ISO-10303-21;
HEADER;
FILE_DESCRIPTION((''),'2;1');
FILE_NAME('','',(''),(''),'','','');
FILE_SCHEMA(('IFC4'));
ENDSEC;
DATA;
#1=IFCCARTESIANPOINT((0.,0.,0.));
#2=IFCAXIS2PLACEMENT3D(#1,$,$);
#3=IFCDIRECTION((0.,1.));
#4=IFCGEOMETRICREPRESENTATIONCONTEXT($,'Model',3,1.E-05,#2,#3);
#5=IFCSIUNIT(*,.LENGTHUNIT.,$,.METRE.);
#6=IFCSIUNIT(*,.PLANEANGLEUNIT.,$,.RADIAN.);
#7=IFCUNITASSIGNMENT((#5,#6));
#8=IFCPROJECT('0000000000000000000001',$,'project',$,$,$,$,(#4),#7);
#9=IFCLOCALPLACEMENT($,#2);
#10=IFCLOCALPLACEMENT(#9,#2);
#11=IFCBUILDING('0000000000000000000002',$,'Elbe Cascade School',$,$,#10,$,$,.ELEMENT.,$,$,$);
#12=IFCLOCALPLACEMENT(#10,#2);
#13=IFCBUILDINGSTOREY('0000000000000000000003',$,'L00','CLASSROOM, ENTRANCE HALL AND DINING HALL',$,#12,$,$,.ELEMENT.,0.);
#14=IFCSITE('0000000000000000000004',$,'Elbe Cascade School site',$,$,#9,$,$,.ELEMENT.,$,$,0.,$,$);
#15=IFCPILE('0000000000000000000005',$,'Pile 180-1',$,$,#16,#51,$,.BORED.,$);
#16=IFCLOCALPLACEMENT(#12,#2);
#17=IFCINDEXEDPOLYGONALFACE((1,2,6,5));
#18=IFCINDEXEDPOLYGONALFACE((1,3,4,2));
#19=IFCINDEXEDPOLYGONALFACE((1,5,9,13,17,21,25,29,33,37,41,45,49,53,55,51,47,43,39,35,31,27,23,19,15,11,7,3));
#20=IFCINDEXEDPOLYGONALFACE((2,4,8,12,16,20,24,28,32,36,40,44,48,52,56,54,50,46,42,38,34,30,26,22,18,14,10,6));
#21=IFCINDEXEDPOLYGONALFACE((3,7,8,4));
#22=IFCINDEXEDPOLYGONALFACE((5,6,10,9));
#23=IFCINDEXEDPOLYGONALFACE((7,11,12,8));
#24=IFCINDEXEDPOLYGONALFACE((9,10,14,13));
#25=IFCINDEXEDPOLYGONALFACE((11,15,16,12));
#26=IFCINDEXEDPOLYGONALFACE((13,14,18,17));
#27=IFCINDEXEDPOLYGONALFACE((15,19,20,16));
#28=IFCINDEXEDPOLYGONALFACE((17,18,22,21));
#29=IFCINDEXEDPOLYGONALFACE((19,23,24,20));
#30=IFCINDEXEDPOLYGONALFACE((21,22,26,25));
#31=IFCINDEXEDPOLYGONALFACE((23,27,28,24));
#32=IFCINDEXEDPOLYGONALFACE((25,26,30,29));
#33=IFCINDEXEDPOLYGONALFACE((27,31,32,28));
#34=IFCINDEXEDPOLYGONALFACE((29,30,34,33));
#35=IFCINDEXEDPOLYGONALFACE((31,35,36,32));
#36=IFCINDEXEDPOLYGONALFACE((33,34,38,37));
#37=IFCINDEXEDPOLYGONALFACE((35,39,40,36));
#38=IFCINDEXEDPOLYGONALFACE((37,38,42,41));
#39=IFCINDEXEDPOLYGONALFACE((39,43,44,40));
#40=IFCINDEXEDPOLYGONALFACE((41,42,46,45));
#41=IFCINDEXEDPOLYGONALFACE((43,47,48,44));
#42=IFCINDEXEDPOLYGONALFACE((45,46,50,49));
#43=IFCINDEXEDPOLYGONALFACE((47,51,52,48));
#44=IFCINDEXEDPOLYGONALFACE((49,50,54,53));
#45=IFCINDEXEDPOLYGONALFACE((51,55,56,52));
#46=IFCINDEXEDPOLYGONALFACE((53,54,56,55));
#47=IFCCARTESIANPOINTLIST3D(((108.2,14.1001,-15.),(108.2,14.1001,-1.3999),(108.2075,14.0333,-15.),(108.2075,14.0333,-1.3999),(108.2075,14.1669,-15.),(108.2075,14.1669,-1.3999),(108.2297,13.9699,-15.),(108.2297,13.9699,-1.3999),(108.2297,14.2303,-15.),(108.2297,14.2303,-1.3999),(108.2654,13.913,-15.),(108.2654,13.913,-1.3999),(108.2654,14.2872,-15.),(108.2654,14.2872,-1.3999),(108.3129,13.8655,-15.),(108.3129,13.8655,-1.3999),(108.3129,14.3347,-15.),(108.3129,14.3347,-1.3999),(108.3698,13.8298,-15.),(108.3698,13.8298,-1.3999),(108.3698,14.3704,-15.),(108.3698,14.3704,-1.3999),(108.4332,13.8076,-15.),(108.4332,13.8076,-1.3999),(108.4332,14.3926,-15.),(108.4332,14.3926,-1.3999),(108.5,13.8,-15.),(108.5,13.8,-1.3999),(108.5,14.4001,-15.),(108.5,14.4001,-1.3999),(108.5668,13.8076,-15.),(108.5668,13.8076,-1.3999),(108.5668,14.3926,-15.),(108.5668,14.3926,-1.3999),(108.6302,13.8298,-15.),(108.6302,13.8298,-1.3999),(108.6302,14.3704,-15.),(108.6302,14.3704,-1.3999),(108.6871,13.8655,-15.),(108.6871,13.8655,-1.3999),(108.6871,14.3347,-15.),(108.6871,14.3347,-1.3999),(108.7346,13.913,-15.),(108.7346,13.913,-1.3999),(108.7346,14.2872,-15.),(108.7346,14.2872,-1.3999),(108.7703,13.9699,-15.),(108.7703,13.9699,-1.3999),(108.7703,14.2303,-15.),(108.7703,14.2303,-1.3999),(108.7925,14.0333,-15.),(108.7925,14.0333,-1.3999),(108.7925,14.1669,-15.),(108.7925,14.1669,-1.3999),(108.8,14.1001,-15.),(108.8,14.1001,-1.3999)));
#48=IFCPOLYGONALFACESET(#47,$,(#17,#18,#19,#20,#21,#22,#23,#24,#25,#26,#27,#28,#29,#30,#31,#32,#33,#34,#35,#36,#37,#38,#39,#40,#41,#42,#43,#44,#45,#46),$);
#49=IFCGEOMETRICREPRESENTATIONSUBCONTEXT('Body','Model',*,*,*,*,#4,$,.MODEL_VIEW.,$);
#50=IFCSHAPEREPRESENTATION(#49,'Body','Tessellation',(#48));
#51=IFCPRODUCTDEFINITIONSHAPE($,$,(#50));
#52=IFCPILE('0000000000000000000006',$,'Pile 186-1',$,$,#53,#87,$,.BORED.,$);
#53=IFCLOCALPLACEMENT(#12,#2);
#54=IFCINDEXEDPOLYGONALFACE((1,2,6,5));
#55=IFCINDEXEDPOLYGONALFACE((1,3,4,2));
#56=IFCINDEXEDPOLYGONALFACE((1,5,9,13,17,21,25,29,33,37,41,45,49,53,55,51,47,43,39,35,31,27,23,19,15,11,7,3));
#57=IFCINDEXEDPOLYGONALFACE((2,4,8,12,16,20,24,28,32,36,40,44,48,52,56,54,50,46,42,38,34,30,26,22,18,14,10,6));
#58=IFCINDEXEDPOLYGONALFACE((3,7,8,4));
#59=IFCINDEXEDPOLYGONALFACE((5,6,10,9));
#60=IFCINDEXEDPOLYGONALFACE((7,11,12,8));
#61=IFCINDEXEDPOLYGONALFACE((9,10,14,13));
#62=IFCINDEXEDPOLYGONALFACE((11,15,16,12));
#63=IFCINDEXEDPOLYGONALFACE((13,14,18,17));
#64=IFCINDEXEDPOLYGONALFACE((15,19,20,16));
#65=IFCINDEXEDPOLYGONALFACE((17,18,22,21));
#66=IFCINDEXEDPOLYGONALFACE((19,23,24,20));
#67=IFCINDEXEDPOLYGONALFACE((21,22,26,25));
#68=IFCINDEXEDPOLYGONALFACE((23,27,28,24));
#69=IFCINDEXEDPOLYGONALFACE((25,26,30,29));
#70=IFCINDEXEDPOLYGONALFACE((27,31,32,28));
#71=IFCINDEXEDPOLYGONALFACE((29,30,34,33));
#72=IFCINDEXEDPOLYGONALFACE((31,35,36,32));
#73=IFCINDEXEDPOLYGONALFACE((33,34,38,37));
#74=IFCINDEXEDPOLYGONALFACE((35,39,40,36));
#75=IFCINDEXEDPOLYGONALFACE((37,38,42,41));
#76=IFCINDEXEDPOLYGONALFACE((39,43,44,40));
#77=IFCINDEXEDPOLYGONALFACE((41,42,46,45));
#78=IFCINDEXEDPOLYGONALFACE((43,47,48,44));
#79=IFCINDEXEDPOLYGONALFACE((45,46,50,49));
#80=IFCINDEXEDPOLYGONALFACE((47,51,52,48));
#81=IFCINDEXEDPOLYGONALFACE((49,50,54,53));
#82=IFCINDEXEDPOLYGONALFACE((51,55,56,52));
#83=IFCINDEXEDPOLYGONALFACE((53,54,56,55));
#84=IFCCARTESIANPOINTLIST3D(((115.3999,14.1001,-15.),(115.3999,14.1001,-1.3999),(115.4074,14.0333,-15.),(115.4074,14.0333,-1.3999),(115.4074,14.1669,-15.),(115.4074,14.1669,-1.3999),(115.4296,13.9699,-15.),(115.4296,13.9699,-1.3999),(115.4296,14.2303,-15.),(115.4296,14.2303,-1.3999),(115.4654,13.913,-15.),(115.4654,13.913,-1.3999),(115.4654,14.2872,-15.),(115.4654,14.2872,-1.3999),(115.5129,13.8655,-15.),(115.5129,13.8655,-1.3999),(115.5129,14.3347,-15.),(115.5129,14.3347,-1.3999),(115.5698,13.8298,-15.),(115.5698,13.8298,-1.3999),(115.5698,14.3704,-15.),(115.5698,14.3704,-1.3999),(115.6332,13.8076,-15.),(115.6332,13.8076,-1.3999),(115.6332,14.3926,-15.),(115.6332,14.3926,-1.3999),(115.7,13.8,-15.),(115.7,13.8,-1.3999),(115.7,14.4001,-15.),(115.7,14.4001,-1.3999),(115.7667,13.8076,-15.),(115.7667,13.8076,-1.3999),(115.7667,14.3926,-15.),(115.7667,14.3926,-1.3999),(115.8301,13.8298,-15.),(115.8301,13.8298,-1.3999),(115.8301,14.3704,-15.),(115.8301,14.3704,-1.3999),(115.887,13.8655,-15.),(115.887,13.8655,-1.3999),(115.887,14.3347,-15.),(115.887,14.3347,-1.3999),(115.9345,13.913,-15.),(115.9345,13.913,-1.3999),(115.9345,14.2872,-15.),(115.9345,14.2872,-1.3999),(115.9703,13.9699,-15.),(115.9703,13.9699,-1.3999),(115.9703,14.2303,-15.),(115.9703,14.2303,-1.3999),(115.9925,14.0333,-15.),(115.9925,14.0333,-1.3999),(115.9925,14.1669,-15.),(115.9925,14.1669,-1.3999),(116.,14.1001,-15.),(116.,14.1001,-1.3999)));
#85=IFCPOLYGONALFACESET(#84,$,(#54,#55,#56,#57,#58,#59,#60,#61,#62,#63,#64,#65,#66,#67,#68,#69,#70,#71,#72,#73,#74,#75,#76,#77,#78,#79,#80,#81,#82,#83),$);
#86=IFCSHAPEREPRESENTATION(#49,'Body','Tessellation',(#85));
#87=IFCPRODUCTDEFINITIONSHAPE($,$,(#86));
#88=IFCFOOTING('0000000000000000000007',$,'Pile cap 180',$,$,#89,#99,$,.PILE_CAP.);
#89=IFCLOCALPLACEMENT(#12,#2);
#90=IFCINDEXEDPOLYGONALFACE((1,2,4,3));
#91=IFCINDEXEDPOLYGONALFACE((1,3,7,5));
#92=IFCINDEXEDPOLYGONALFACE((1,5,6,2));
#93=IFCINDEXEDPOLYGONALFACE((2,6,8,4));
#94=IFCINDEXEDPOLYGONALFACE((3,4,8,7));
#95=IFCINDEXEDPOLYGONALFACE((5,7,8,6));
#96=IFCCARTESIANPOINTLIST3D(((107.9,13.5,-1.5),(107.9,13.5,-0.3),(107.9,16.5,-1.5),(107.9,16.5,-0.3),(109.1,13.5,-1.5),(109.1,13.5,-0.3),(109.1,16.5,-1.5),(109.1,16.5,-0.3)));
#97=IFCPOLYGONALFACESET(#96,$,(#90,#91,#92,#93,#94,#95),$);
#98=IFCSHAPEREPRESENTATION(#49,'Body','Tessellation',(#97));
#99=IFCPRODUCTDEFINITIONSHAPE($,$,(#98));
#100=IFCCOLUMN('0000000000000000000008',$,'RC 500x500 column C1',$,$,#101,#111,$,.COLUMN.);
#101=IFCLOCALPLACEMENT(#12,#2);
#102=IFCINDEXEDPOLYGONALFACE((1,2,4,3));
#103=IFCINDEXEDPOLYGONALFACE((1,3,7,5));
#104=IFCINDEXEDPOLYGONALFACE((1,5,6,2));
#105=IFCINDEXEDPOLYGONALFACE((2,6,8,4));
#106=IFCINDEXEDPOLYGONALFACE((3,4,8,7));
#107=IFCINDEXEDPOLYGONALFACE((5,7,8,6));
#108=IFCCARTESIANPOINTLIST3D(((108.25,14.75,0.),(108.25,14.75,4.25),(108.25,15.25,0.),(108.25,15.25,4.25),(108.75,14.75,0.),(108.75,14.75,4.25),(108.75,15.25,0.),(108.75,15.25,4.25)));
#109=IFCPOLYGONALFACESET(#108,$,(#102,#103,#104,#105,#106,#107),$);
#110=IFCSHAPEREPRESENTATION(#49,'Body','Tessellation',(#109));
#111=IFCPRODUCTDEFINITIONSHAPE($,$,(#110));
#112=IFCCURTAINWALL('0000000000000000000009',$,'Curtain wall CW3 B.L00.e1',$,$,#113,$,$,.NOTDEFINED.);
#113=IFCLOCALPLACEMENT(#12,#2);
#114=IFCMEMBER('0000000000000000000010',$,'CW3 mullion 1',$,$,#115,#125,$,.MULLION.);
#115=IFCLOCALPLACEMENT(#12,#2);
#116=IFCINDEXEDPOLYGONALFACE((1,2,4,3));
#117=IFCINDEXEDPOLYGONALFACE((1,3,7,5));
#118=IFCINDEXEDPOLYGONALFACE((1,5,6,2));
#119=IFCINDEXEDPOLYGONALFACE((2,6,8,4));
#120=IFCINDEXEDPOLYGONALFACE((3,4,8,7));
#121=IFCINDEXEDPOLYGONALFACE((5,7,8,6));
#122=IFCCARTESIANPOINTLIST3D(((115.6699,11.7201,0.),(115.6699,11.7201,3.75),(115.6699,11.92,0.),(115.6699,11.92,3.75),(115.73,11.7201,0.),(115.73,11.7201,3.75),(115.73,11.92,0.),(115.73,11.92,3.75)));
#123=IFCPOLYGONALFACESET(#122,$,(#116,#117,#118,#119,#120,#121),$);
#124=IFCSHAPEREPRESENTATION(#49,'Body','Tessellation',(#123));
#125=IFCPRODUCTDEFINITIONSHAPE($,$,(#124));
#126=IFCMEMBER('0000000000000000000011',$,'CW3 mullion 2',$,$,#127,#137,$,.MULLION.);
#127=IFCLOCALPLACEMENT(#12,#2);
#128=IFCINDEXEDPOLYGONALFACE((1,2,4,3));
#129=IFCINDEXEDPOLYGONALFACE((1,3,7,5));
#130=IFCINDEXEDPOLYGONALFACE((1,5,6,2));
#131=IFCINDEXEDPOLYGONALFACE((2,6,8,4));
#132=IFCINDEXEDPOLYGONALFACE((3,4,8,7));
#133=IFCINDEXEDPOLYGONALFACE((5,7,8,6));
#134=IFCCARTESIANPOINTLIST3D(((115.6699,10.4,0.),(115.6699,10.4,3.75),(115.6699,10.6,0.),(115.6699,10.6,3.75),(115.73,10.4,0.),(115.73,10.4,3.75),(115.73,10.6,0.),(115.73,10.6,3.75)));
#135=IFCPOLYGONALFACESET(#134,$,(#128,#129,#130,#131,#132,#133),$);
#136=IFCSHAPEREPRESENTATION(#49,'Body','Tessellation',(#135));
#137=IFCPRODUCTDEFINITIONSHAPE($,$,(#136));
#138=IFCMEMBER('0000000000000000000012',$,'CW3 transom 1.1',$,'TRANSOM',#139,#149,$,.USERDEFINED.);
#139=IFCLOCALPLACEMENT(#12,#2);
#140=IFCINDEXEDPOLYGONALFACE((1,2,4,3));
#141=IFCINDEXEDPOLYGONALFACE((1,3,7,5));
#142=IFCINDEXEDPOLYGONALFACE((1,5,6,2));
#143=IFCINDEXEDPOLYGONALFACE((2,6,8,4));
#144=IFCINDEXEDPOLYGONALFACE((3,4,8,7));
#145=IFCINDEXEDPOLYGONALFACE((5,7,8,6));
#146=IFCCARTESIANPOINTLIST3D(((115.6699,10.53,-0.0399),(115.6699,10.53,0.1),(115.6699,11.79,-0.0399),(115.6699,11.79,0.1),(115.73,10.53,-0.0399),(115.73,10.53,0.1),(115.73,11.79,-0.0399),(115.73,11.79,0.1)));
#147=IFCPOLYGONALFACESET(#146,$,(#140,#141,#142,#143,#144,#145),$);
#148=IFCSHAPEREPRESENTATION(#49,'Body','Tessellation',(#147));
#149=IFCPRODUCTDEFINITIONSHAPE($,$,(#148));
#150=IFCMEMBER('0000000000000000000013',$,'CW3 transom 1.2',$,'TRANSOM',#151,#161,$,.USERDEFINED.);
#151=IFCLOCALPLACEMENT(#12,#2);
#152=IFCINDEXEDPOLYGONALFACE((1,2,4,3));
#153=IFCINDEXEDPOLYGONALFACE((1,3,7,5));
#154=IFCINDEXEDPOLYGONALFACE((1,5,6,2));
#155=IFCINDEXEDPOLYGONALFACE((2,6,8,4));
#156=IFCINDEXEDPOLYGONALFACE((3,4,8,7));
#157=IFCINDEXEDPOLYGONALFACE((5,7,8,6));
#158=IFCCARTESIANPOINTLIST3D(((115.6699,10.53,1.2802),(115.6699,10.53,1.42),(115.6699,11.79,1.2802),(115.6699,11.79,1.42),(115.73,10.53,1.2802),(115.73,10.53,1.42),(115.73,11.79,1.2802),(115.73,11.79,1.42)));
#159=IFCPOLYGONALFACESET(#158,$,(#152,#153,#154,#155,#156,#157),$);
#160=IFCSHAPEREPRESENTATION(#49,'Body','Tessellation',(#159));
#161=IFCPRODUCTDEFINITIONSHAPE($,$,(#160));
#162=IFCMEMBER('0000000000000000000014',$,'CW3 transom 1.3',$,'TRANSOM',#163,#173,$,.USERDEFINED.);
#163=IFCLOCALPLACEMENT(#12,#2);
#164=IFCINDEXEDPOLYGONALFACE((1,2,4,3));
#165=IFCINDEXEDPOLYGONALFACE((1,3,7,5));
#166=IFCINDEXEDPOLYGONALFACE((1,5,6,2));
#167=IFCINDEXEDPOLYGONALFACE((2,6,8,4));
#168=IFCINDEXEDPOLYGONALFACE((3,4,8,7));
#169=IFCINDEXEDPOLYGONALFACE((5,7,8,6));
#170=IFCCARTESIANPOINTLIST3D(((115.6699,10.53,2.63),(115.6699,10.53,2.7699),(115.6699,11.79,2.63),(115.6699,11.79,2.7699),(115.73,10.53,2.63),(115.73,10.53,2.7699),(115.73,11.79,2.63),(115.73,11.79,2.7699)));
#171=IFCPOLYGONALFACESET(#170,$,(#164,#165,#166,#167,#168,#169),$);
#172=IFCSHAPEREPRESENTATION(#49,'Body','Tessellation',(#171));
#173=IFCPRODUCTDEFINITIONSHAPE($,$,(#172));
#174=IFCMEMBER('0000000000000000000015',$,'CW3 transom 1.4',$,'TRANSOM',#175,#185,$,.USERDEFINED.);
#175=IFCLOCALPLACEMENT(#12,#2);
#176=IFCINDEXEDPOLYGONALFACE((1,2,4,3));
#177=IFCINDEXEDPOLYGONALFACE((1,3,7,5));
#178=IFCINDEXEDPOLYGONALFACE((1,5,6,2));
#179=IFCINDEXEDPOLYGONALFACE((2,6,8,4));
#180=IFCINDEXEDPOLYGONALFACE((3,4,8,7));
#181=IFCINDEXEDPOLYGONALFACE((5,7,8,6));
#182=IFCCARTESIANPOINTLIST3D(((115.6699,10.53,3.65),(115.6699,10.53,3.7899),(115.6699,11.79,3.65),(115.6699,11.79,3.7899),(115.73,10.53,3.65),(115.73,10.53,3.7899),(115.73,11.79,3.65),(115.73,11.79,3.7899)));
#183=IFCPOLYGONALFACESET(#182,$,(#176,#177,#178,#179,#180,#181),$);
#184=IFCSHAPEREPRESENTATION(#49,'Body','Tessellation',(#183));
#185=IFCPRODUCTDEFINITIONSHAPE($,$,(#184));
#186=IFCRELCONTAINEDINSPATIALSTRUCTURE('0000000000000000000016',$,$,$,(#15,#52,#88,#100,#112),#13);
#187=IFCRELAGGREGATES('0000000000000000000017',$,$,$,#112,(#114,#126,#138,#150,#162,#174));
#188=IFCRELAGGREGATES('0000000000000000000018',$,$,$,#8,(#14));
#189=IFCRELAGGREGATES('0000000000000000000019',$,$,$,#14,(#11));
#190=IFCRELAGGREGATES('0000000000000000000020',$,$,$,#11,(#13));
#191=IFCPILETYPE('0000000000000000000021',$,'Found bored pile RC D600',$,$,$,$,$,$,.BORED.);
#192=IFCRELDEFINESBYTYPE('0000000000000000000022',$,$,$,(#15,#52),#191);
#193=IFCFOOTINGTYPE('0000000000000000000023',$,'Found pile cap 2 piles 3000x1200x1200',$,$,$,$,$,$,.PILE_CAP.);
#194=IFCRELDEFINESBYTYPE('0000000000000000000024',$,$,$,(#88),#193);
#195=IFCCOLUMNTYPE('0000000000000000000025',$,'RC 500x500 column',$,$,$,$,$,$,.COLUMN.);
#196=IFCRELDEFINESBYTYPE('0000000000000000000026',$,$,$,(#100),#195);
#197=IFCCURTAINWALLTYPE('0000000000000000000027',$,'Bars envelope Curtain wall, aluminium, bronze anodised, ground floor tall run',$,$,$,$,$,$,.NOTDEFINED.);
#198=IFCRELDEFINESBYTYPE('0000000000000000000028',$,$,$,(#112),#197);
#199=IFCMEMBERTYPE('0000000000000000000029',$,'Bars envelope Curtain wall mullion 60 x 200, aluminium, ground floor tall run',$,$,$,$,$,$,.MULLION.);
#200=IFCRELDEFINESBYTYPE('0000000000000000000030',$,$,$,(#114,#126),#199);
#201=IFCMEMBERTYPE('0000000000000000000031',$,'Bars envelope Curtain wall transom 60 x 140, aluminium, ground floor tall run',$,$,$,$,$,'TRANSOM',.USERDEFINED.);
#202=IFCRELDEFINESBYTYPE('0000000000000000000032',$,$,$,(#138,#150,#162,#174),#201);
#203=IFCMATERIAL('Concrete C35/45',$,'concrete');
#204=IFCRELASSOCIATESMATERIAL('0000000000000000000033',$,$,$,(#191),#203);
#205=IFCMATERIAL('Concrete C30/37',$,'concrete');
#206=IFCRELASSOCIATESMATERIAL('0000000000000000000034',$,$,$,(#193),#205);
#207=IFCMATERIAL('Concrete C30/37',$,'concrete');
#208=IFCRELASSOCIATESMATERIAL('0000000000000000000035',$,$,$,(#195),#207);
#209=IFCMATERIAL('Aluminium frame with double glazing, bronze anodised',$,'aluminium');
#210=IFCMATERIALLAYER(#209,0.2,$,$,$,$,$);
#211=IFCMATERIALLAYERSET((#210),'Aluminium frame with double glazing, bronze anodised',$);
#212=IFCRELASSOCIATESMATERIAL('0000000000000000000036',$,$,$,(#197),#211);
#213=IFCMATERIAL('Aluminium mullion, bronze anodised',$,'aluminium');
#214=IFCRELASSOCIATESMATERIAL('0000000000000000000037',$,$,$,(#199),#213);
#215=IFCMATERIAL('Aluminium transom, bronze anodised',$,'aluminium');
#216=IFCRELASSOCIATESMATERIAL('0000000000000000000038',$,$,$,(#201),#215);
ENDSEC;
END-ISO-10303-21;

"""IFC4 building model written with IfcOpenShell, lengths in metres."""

from ifc_helpers import new_model, si_unit, direction, frame, origin, origin_2d, place, context, subcontext, project, spatial, rectangle, circle, extrude, material, layer, layer_set, material_profile, profile_set, type_object, element, aggregate, save


model = new_model("IFC4")

# Units and contexts
model_context = context("Model", 3, precision=1e-05, world=origin(), true_north=direction((0.0, 1.0)))
body_context = subcontext(model_context, "Body", "Model", "MODEL_VIEW")
ifc_project = project(units=[si_unit("LENGTHUNIT", "METRE"), si_unit("PLANEANGLEUNIT", "RADIAN")], contexts=[model_context])

# Site, building, storey
site_placement = place(None, origin())
site = spatial("IfcSite", under=ifc_project, at=site_placement, Name="Elbe Cascade School site", CompositionType="ELEMENT", RefElevation=0.0)
building_placement = place(site_placement, origin())
building = spatial("IfcBuilding", under=site, at=building_placement, Name="Elbe Cascade School", CompositionType="ELEMENT")
storey_placement = place(building_placement, origin())
storey = spatial("IfcBuildingStorey", under=building, at=storey_placement, Name="L00", Description="CLASSROOM, ENTRANCE HALL AND DINING HALL", CompositionType="ELEMENT", Elevation=0.0)

# Piles
ifc_material_1 = material(Name="Concrete C35/45", Category="concrete")
ifc_material_profile_1 = material_profile(ifc_material_1, circle(Radius=0.3, at=origin_2d()), Name="RC D600")
ifc_profile_set_1 = profile_set([ifc_material_profile_1], Name="Concrete C35/45")
pile_type = type_object("IfcPileType", Name="Found bored pile RC D600", PredefinedType="BORED", material=ifc_profile_set_1)
for number, where, z_axis, x_axis, name in (
    (1, (108.5, 14.1001, -1.3999), (0.0, 0.0, -1.0), (1.0, 0.0, 0.0), "Pile 180-1"),
    (2, (115.7, 14.1001, -1.3999), (0.0, 0.0, -1.0), (1.0, 0.0, 0.0), "Pile 186-1"),
):
    element("IfcPile", number, at=place(storey_placement, frame(where, z_axis=z_axis, x_axis=x_axis)), inside=storey, type_object=pile_type, Name=name, PredefinedType="BORED", context=body_context, shape_type="SweptSolid", body=[
        extrude(circle(Radius=0.3, at=origin_2d()), origin(), (0.0, 0.0, 1.0), 13.6001),
    ])

# Footing
ifc_material_2 = material(Name="Concrete C30/37", Category="concrete")
footing_type = type_object("IfcFootingType", Name="Found pile cap 2 piles 3000x1200x1200", PredefinedType="PILE_CAP", material=ifc_material_2)
footing_placement = place(storey_placement, frame((108.5, 15.0, -1.5), z_axis=(0.0, 0.0, 1.0), x_axis=(1.0, 0.0, 0.0)))
element("IfcFooting", 3, at=footing_placement, inside=storey, type_object=footing_type, Name="Pile cap 180", PredefinedType="PILE_CAP", context=body_context, shape_type="SweptSolid", body=[
    extrude(rectangle(XDim=1.2, YDim=3.0, at=origin_2d()), origin(), (0.0, 0.0, 1.0), 1.2),
])

# Column
ifc_material_3 = material(Name="Concrete C30/37", Category="concrete")
ifc_material_profile_2 = material_profile(ifc_material_3, rectangle(XDim=0.5, YDim=0.5, at=origin_2d()), Name="RC 500x500")
ifc_profile_set_2 = profile_set([ifc_material_profile_2], Name="Concrete C30/37")
column_type = type_object("IfcColumnType", Name="RC 500x500 column", PredefinedType="COLUMN", material=ifc_profile_set_2)
column_placement = place(storey_placement, frame((108.5, 15.0, 0.0), z_axis=(0.0, 0.0, 1.0), x_axis=(1.0, 0.0, 0.0)))
element("IfcColumn", 4, at=column_placement, inside=storey, type_object=column_type, Name="RC 500x500 column C1", PredefinedType="COLUMN", context=body_context, shape_type="SweptSolid", body=[
    extrude(rectangle(XDim=0.5, YDim=0.5, at=origin_2d()), origin(), (0.0, 0.0, 1.0), 4.25),
])

# Curtain wall, members
ifc_material_4 = material(Name="Aluminium frame with double glazing, bronze anodised", Category="aluminium")
ifc_layer_1 = layer(ifc_material_4, 0.2)
ifc_layer_set_1 = layer_set([ifc_layer_1], Name="Aluminium frame with double glazing, bronze anodised")
curtain_wall_type = type_object("IfcCurtainWallType", Name="Bars envelope Curtain wall, aluminium, bronze anodised, ground floor tall run", PredefinedType="NOTDEFINED", material=ifc_layer_set_1)
curtain_wall_placement = place(storey_placement, origin())
curtain_wall = element("IfcCurtainWall", 5, at=curtain_wall_placement, inside=storey, type_object=curtain_wall_type, Name="Curtain wall CW3 B.L00.e1", PredefinedType="NOTDEFINED")
ifc_material_5 = material(Name="Aluminium mullion, bronze anodised", Category="aluminium")
ifc_material_profile_3 = material_profile(ifc_material_5, rectangle(XDim=0.0601, YDim=0.2, at=origin_2d()), Name="Bars envelope Curtain wall mullion 60 x 200, aluminium, ground floor tall run")
ifc_profile_set_3 = profile_set([ifc_material_profile_3], Name="Aluminium mullion, bronze anodised")
member_type_1 = type_object("IfcMemberType", Name="Bars envelope Curtain wall mullion 60 x 200, aluminium, ground floor tall run", PredefinedType="MULLION", material=ifc_profile_set_3)
member_1_placement = place(storey_placement, frame((115.7, 11.8201, 0.0), z_axis=(0.0, 0.0, 1.0), x_axis=(1.0, 0.0, 0.0)))
member_1 = element("IfcMember", 6, at=member_1_placement, type_object=member_type_1, Name="CW3 mullion 1", PredefinedType="MULLION", context=body_context, shape_type="SweptSolid", body=[
    extrude(rectangle(XDim=0.0601, YDim=0.2, at=origin_2d()), origin(), (0.0, 0.0, 1.0), 3.75),
])
member_2_placement = place(storey_placement, frame((115.7, 10.5, 0.0), z_axis=(0.0, 0.0, 1.0), x_axis=(1.0, 0.0, 0.0)))
member_2 = element("IfcMember", 7, at=member_2_placement, type_object=member_type_1, Name="CW3 mullion 2", PredefinedType="MULLION", context=body_context, shape_type="SweptSolid", body=[
    extrude(rectangle(XDim=0.0601, YDim=0.2, at=origin_2d()), origin(), (0.0, 0.0, 1.0), 3.75),
])
ifc_material_6 = material(Name="Aluminium transom, bronze anodised", Category="aluminium")
ifc_material_profile_4 = material_profile(ifc_material_6, rectangle(XDim=0.0601, YDim=0.1399, at=origin_2d()), Name="Bars envelope Curtain wall transom 60 x 140, aluminium, ground floor tall run")
ifc_profile_set_4 = profile_set([ifc_material_profile_4], Name="Aluminium transom, bronze anodised")
member_type_2 = type_object("IfcMemberType", Name="Bars envelope Curtain wall transom 60 x 140, aluminium, ground floor tall run", ElementType="TRANSOM", PredefinedType="USERDEFINED", material=ifc_profile_set_4)
member_3_placement = place(storey_placement, frame((115.7, 11.79, 0.03), z_axis=(0.0, -1.0, 0.0), x_axis=(1.0, 0.0, 0.0)))
member_3 = element("IfcMember", 8, at=member_3_placement, type_object=member_type_2, Name="CW3 transom 1.1", ObjectType="TRANSOM", PredefinedType="USERDEFINED", context=body_context, shape_type="SweptSolid", body=[
    extrude(rectangle(XDim=0.0601, YDim=0.1399, at=origin_2d()), origin(), (0.0, 0.0, 1.0), 1.26),
])
member_4_placement = place(storey_placement, frame((115.7, 11.79, 1.3501), z_axis=(0.0, -1.0, 0.0), x_axis=(1.0, 0.0, 0.0)))
member_4 = element("IfcMember", 9, at=member_4_placement, type_object=member_type_2, Name="CW3 transom 1.2", ObjectType="TRANSOM", PredefinedType="USERDEFINED", context=body_context, shape_type="SweptSolid", body=[
    extrude(rectangle(XDim=0.0601, YDim=0.1399, at=origin_2d()), origin(), (0.0, 0.0, 1.0), 1.26),
])
member_5_placement = place(storey_placement, frame((115.7, 11.79, 2.7), z_axis=(0.0, -1.0, 0.0), x_axis=(1.0, 0.0, 0.0)))
member_5 = element("IfcMember", 10, at=member_5_placement, type_object=member_type_2, Name="CW3 transom 1.3", ObjectType="TRANSOM", PredefinedType="USERDEFINED", context=body_context, shape_type="SweptSolid", body=[
    extrude(rectangle(XDim=0.0601, YDim=0.1399, at=origin_2d()), origin(), (0.0, 0.0, 1.0), 1.26),
])
member_6_placement = place(storey_placement, frame((115.7, 11.79, 3.72), z_axis=(0.0, -1.0, 0.0), x_axis=(1.0, 0.0, 0.0)))
member_6 = element("IfcMember", 11, at=member_6_placement, type_object=member_type_2, Name="CW3 transom 1.4", ObjectType="TRANSOM", PredefinedType="USERDEFINED", context=body_context, shape_type="SweptSolid", body=[
    extrude(rectangle(XDim=0.0601, YDim=0.1399, at=origin_2d()), origin(), (0.0, 0.0, 1.0), 1.26),
])

aggregate(curtain_wall, [member_1, member_2, member_3, member_4, member_5, member_6])

save(model, "model.ifc")
